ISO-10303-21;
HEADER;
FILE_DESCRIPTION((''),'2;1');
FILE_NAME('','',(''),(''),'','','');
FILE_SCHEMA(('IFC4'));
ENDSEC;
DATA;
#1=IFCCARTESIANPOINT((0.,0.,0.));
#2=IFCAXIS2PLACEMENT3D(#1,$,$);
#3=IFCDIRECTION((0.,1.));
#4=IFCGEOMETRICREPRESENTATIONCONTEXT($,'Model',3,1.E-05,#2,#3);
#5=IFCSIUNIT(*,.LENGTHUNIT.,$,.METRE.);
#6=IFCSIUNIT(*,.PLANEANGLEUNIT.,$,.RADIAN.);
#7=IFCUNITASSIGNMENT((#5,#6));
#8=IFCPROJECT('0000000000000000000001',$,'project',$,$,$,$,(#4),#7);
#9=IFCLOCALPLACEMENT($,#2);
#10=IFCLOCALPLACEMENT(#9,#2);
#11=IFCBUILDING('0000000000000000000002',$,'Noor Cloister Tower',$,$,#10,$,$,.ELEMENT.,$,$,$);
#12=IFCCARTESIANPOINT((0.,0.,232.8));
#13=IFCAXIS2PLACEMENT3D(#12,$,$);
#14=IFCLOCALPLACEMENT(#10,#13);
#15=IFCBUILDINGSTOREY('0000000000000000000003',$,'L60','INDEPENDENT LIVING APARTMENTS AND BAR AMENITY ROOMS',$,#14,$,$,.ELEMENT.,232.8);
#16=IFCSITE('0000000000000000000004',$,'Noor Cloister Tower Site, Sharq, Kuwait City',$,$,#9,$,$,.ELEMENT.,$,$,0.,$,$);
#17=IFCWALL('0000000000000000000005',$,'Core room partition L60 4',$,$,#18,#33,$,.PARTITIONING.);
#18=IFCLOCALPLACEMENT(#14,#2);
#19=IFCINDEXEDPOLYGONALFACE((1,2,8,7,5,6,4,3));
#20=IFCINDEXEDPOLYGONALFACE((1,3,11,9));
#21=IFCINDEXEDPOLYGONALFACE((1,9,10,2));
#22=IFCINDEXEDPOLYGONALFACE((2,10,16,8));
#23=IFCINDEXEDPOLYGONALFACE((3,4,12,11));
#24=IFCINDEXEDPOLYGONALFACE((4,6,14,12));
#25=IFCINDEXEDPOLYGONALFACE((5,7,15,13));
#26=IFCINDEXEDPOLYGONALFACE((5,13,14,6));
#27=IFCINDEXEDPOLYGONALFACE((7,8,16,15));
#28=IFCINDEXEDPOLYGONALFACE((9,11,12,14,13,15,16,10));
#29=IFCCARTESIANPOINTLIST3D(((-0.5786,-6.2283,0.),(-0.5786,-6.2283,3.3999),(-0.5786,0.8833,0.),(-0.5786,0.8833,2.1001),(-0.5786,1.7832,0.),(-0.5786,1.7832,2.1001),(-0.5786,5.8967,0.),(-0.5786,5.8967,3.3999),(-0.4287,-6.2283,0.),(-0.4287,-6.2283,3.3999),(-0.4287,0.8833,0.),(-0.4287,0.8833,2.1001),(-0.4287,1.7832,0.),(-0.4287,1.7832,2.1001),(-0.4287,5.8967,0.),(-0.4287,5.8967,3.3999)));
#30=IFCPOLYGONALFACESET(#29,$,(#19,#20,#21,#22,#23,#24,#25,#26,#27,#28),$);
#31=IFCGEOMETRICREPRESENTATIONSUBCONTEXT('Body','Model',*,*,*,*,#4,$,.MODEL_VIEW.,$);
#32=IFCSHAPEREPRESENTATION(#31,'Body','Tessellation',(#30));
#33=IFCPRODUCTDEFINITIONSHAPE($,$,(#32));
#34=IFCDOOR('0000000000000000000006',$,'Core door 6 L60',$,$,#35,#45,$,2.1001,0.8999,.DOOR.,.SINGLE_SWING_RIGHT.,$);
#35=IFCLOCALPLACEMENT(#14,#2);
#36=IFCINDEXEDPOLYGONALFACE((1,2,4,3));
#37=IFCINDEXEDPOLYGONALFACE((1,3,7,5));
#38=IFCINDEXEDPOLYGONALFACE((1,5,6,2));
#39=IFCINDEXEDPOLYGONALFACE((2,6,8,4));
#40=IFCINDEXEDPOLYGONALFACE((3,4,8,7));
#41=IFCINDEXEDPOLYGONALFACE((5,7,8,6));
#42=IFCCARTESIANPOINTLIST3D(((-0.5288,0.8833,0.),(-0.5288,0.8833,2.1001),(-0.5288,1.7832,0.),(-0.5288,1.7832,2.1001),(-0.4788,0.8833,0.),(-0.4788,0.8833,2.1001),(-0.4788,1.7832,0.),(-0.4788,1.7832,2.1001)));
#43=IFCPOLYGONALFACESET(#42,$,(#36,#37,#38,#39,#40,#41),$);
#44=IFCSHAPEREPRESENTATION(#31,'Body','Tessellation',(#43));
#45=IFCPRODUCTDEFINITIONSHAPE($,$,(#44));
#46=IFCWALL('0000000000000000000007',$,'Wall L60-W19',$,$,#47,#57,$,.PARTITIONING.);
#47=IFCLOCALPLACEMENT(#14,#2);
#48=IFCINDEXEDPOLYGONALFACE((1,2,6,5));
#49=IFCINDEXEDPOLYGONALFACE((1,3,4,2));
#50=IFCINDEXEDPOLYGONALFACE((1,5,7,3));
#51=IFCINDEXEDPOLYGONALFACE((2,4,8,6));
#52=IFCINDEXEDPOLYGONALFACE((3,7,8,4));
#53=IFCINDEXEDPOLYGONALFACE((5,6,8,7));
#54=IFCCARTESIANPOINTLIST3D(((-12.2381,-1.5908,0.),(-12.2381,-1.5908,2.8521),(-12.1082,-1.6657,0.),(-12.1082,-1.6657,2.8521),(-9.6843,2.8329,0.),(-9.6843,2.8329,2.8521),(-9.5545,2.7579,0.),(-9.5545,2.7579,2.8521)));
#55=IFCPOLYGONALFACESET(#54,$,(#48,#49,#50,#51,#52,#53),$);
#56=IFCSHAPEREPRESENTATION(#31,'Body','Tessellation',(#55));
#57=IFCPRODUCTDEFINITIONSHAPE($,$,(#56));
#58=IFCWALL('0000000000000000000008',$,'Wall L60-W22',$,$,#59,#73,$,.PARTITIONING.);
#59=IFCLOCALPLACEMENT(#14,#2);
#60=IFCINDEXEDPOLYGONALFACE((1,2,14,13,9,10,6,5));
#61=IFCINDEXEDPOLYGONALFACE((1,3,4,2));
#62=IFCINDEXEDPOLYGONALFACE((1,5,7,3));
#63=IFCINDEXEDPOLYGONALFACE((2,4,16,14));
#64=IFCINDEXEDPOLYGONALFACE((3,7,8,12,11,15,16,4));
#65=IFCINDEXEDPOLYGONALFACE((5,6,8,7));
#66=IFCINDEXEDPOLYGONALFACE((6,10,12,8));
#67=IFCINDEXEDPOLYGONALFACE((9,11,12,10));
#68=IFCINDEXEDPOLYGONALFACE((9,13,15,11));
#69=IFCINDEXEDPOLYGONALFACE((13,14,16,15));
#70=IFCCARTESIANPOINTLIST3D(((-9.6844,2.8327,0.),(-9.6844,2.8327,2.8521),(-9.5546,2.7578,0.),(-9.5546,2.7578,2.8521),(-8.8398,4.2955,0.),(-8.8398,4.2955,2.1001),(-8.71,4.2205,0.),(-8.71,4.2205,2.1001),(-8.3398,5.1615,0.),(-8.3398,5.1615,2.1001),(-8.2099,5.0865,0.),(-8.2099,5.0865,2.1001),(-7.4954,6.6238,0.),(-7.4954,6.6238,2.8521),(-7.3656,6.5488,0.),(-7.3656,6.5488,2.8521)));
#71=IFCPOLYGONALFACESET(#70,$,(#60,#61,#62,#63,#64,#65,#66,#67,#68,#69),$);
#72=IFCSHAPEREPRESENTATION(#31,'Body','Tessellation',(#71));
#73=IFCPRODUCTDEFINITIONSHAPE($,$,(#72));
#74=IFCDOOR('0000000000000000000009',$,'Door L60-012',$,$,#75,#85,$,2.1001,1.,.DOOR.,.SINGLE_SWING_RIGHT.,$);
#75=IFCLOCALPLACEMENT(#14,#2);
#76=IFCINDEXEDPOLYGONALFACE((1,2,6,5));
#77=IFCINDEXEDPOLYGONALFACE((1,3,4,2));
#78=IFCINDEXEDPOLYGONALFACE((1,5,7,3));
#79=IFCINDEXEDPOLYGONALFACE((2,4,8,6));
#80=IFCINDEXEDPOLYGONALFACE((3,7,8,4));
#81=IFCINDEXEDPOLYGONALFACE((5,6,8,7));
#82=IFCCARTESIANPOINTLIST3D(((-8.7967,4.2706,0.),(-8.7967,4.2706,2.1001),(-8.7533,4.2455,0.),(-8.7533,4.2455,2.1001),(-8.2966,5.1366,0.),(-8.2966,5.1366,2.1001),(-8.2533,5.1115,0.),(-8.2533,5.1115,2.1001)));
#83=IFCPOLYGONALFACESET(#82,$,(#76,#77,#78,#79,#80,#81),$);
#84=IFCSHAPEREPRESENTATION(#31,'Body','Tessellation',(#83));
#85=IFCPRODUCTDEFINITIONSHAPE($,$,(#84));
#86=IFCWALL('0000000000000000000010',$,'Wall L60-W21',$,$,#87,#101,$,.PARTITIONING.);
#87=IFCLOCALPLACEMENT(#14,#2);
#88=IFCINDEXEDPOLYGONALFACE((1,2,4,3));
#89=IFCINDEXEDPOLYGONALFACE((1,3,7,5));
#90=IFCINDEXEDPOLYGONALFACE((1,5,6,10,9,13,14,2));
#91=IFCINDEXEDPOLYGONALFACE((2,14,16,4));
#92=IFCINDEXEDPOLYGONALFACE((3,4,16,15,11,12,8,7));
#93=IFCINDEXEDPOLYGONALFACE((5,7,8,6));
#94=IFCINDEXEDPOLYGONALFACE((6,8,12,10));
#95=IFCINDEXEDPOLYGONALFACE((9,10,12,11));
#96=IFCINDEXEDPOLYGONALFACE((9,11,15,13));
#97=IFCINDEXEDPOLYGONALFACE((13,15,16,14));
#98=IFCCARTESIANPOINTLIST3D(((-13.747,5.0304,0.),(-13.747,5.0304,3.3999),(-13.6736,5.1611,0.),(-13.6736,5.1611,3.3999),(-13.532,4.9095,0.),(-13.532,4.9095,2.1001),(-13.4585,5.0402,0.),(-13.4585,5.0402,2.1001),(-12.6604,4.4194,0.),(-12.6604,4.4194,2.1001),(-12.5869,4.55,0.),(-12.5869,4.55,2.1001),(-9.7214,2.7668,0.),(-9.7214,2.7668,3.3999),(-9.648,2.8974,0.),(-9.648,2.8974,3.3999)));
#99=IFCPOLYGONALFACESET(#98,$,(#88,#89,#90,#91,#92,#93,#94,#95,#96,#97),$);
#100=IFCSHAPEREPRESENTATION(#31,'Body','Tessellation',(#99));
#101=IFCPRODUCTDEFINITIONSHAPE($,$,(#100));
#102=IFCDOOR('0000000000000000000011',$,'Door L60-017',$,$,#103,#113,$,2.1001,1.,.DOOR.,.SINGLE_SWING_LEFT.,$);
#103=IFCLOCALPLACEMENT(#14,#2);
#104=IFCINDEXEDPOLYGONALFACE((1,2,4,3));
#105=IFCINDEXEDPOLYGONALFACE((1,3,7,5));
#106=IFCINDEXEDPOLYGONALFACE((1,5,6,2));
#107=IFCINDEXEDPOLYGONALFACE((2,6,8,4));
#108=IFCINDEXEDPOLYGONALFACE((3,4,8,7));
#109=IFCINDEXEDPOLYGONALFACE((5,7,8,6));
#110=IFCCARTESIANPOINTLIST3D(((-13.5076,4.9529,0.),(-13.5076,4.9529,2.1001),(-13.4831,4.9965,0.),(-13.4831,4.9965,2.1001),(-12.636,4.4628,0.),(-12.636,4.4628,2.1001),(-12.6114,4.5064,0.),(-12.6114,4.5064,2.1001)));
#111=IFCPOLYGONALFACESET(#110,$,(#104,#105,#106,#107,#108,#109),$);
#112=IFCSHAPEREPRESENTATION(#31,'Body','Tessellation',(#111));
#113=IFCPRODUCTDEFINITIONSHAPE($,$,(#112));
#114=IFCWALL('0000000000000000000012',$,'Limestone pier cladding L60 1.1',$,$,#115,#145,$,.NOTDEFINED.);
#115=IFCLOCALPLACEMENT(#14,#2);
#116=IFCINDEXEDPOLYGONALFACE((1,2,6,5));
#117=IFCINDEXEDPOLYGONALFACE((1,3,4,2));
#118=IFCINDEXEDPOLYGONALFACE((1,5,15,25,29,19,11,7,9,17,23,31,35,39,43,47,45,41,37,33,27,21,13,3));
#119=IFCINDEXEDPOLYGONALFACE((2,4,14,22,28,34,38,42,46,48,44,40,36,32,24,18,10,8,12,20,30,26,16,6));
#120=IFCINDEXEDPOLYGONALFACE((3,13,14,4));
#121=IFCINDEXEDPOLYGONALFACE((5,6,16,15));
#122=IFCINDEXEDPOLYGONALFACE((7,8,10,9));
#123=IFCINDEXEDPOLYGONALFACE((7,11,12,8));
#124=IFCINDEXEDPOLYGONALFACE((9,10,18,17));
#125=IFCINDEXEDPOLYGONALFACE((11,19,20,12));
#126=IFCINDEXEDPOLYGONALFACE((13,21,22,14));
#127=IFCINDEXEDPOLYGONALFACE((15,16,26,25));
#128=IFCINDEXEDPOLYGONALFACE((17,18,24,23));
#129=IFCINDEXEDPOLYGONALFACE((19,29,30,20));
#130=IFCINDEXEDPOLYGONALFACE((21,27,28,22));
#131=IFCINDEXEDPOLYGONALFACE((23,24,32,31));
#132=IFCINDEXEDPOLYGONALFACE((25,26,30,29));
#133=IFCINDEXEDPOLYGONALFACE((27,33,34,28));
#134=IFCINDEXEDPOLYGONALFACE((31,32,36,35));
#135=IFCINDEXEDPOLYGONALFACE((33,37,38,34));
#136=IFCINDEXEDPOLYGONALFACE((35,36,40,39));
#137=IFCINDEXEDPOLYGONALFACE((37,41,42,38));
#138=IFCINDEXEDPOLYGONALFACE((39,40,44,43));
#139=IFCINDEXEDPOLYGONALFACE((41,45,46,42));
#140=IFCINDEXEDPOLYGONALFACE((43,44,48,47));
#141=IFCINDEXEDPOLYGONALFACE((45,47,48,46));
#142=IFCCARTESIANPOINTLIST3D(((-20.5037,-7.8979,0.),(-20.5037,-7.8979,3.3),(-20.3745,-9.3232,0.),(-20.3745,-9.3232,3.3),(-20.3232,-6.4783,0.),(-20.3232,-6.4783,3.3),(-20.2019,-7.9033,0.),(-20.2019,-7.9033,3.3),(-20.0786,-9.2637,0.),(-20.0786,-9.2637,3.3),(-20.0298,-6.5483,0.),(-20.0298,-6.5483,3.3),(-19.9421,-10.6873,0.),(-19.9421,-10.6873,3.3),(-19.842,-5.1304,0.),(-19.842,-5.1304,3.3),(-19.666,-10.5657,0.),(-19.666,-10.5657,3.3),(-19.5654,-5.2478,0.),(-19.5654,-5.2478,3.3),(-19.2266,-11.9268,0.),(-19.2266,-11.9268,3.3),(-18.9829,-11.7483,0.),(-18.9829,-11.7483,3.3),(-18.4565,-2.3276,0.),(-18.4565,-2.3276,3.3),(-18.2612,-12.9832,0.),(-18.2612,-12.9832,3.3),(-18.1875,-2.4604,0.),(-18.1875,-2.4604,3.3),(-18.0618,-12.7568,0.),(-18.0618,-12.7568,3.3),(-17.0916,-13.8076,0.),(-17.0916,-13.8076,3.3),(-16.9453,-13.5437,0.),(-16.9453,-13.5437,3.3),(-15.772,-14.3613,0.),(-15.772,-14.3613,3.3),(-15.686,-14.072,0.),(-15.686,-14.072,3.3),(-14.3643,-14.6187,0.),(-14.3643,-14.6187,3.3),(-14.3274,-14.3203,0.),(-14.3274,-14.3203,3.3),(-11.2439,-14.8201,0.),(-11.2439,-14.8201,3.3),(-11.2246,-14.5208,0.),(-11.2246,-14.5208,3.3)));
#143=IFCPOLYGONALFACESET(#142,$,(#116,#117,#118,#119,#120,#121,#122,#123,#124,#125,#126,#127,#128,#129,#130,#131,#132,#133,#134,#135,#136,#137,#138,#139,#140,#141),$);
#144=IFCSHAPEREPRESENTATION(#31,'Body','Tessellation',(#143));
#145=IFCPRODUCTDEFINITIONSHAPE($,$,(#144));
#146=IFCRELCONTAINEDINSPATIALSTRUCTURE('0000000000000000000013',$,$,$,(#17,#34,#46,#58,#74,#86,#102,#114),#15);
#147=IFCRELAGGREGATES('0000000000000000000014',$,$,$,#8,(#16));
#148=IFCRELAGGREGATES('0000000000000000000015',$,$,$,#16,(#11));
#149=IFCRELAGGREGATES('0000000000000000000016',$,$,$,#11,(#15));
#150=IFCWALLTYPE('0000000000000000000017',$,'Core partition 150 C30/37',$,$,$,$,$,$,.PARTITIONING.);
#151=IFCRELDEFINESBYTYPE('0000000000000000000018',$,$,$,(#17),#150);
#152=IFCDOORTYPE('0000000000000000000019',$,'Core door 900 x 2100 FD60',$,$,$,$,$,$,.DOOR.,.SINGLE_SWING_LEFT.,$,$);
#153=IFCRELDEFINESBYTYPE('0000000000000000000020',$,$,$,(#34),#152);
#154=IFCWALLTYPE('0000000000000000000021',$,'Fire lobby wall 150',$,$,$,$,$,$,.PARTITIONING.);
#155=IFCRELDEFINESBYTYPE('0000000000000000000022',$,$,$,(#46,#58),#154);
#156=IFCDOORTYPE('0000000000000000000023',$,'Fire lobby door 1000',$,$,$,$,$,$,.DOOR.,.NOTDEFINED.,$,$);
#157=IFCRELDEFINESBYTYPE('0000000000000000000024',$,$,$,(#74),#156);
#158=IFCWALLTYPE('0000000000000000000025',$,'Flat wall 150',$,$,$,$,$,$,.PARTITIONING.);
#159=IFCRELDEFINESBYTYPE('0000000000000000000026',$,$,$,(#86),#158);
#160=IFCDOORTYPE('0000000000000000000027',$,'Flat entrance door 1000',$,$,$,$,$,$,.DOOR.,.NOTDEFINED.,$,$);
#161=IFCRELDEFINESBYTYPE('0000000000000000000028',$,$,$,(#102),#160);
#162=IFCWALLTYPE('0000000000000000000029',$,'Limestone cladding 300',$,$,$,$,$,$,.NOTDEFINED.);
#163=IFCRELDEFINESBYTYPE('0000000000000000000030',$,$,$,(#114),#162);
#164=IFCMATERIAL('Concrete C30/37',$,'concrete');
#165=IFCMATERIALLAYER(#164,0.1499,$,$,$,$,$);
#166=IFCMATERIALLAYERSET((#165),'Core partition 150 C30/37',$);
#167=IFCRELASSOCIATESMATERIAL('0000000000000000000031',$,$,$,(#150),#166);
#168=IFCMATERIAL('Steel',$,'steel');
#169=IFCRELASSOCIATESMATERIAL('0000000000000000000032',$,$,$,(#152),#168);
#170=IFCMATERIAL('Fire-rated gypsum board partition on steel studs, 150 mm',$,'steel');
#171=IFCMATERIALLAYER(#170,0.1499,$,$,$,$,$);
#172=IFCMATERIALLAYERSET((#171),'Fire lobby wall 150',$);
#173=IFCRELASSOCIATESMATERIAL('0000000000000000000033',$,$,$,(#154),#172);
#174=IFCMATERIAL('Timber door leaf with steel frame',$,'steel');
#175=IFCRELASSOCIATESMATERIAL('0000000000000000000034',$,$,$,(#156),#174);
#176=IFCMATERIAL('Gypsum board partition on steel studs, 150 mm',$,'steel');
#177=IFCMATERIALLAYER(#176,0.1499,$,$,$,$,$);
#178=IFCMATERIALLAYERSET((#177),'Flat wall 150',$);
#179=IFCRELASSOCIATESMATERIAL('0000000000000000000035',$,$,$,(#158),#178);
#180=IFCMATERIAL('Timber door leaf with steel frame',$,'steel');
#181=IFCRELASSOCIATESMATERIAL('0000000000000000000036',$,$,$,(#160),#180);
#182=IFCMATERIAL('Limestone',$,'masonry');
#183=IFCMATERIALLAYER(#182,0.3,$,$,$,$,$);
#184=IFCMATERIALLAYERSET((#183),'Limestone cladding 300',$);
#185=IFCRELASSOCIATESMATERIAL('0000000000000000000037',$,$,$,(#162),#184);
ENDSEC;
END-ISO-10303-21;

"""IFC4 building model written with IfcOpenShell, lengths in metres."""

from ifc_helpers import new_model, si_unit, direction, frame, frame_2d, origin, place, context, subcontext, project, spatial, polyline, rectangle, outline, extrude, material, layer, layer_set, type_object, element, fill, save


model = new_model("IFC4")

# Units and contexts
model_context = context("Model", 3, precision=1e-05, world=origin(), true_north=direction((0.0, 1.0)))
body_context = subcontext(model_context, "Body", "Model", "MODEL_VIEW")
ifc_project = project(units=[si_unit("LENGTHUNIT", "METRE"), si_unit("PLANEANGLEUNIT", "RADIAN")], contexts=[model_context])

# Site, building, storey
site_placement = place(None, origin())
site = spatial("IfcSite", under=ifc_project, at=site_placement, Name="Noor Cloister Tower Site, Sharq, Kuwait City", CompositionType="ELEMENT", RefElevation=0.0)
building_placement = place(site_placement, origin())
building = spatial("IfcBuilding", under=site, at=building_placement, Name="Noor Cloister Tower", CompositionType="ELEMENT")
storey_placement = place(building_placement, frame((0.0, 0.0, 232.8)))
storey = spatial("IfcBuildingStorey", under=building, at=storey_placement, Name="L60", Description="INDEPENDENT LIVING APARTMENTS AND BAR AMENITY ROOMS", CompositionType="ELEMENT", Elevation=232.8)

# Shared definitions
ifc_material_1 = material(Name="Concrete C30/37", Category="concrete")
ifc_layer_1 = layer(ifc_material_1, 0.1499)
ifc_layer_set_1 = layer_set([ifc_layer_1], Name="Core partition 150 C30/37")
wall_type_1 = type_object("IfcWallType", Name="Core partition 150 C30/37", PredefinedType="PARTITIONING", material=ifc_layer_set_1)

# Wall, opening, door
wall_1_placement = place(storey_placement, frame((-0.5037, 5.8967, 0.0), z_axis=(0.0, 0.0, 1.0), x_axis=(0.0, -1.0, 0.0)))
wall_1 = element("IfcWall", 1, at=wall_1_placement, inside=storey, type_object=wall_type_1, Name="Core room partition L60 4", PredefinedType="PARTITIONING", context=body_context, shape_type="SweptSolid", body=[
    extrude(rectangle(XDim=12.125, YDim=0.1499, at=frame_2d((6.0625, 0.0))), origin(), (0.0, 0.0, 1.0), 3.3999),
])
opening_1_placement = place(wall_1_placement, frame((4.1135, 0.0, 0.0)))
opening_1 = element("IfcOpeningElement", 2, at=opening_1_placement, cuts=wall_1, PredefinedType="OPENING", context=body_context, shape_type="SweptSolid", body=[
    extrude(rectangle(XDim=0.8999, YDim=2.1001, at=frame_2d((0.45, 1.05))), frame((0.0, 0.085, 0.0), z_axis=(0.0, -1.0, 0.0), x_axis=(1.0, 0.0, 0.0)), (0.0, 0.0, 1.0), 0.1699),
])
ifc_material_2 = material(Name="Steel", Category="steel")
door_type_1 = type_object("IfcDoorType", Name="Core door 900 x 2100 FD60", OperationType="SINGLE_SWING_LEFT", PredefinedType="DOOR", material=ifc_material_2)
door_1_placement = place(opening_1_placement, origin())
door_1 = element("IfcDoor", 3, at=door_1_placement, inside=storey, type_object=door_type_1, Name="Core door 6 L60", OperationType="SINGLE_SWING_RIGHT", OverallHeight=2.1001, OverallWidth=0.8999, PredefinedType="DOOR", context=body_context, shape_type="SweptSolid", body=[
    extrude(rectangle(XDim=0.8999, YDim=2.1001, at=frame_2d((0.45, 1.05))), frame((0.0, 0.0249, 0.0), z_axis=(0.0, -1.0, 0.0), x_axis=(1.0, 0.0, 0.0)), (0.0, 0.0, 1.0), 0.05),
])
fill(opening_1, door_1)

# Wall
ifc_material_3 = material(Name="Fire-rated gypsum board partition on steel studs, 150 mm", Category="steel")
ifc_layer_2 = layer(ifc_material_3, 0.1499)
ifc_layer_set_2 = layer_set([ifc_layer_2], Name="Fire lobby wall 150")
wall_type_2 = type_object("IfcWallType", Name="Fire lobby wall 150", PredefinedType="PARTITIONING", material=ifc_layer_set_2)
wall_2_placement = place(storey_placement, frame((-9.6194, 2.7954, 0.0), z_axis=(0.0, 0.0, 1.0), x_axis=(-0.499964, -0.866046, 0.0)))
element("IfcWall", 4, at=wall_2_placement, inside=storey, type_object=wall_type_2, Name="Wall L60-W19", PredefinedType="PARTITIONING", context=body_context, shape_type="SweptSolid", body=[
    extrude(rectangle(XDim=5.1079, YDim=0.1499, at=frame_2d((2.554, 0.0))), origin(), (0.0, 0.0, 1.0), 2.8521),
])

# Walls, openings, doors
wall_3_placement = place(storey_placement, frame((-7.4304, 6.5864, 0.0), z_axis=(0.0, 0.0, 1.0), x_axis=(-0.500038, -0.866004, 0.0)))
wall_3 = element("IfcWall", 5, at=wall_3_placement, inside=storey, type_object=wall_type_2, Name="Wall L60-W22", PredefinedType="PARTITIONING", context=body_context, shape_type="SweptSolid", body=[
    extrude(rectangle(XDim=4.3777, YDim=0.1499, at=frame_2d((2.189, 0.0))), origin(), (0.0, 0.0, 1.0), 2.8521),
])
opening_2_placement = place(wall_3_placement, frame((1.6887, 0.0, 0.0)))
opening_2 = element("IfcOpeningElement", 6, at=opening_2_placement, cuts=wall_3, PredefinedType="OPENING", context=body_context, shape_type="SweptSolid", body=[
    extrude(rectangle(XDim=1.0, YDim=2.1001, at=frame_2d((0.5, 1.05))), frame((0.0, 0.085, 0.0), z_axis=(0.0, -1.0, 0.0), x_axis=(1.0, 0.0, 0.0)), (0.0, 0.0, 1.0), 0.1699),
])
ifc_material_4 = material(Name="Timber door leaf with steel frame", Category="steel")
door_type_2 = type_object("IfcDoorType", Name="Fire lobby door 1000", OperationType="NOTDEFINED", PredefinedType="DOOR", material=ifc_material_4)
door_2_placement = place(opening_2_placement, origin())
door_2 = element("IfcDoor", 7, at=door_2_placement, inside=storey, type_object=door_type_2, Name="Door L60-012", OperationType="SINGLE_SWING_RIGHT", OverallHeight=2.1001, OverallWidth=1.0, PredefinedType="DOOR", context=body_context, shape_type="SweptSolid", body=[
    extrude(rectangle(XDim=1.0, YDim=2.1001, at=frame_2d((0.5, 1.05))), frame((0.0, 0.0249, 0.0), z_axis=(0.0, -1.0, 0.0), x_axis=(1.0, 0.0, 0.0)), (0.0, 0.0, 1.0), 0.05),
])
fill(opening_2, door_2)
ifc_material_5 = material(Name="Gypsum board partition on steel studs, 150 mm", Category="steel")
ifc_layer_3 = layer(ifc_material_5, 0.1499)
ifc_layer_set_3 = layer_set([ifc_layer_3], Name="Flat wall 150")
wall_type_3 = type_object("IfcWallType", Name="Flat wall 150", PredefinedType="PARTITIONING", material=ifc_layer_set_3)
wall_4_placement = place(storey_placement, frame((-13.7102, 5.0957, 0.0), z_axis=(0.0, 0.0, 1.0), x_axis=(0.871645, -0.490138, 0.0)))
wall_4 = element("IfcWall", 8, at=wall_4_placement, inside=storey, type_object=wall_type_3, Name="Wall L60-W21", PredefinedType="PARTITIONING", context=body_context, shape_type="SweptSolid", body=[
    extrude(rectangle(XDim=4.6184, YDim=0.1499, at=frame_2d((2.3091, 0.0))), origin(), (0.0, 0.0, 1.0), 3.3999),
])
opening_3_placement = place(wall_4_placement, frame((0.2466, 0.0, 0.0)))
opening_3 = element("IfcOpeningElement", 9, at=opening_3_placement, cuts=wall_4, PredefinedType="OPENING", context=body_context, shape_type="SweptSolid", body=[
    extrude(rectangle(XDim=1.0, YDim=2.1001, at=frame_2d((0.5, 1.05))), frame((0.0, 0.085, 0.0), z_axis=(0.0, -1.0, 0.0), x_axis=(1.0, 0.0, 0.0)), (0.0, 0.0, 1.0), 0.1699),
])
ifc_material_6 = material(Name="Timber door leaf with steel frame", Category="steel")
door_type_3 = type_object("IfcDoorType", Name="Flat entrance door 1000", OperationType="NOTDEFINED", PredefinedType="DOOR", material=ifc_material_6)
door_3_placement = place(opening_3_placement, origin())
door_3 = element("IfcDoor", 10, at=door_3_placement, inside=storey, type_object=door_type_3, Name="Door L60-017", OperationType="SINGLE_SWING_LEFT", OverallHeight=2.1001, OverallWidth=1.0, PredefinedType="DOOR", context=body_context, shape_type="SweptSolid", body=[
    extrude(rectangle(XDim=1.0, YDim=2.1001, at=frame_2d((0.5, 1.05))), frame((0.0, 0.0249, 0.0), z_axis=(0.0, -1.0, 0.0), x_axis=(1.0, 0.0, 0.0)), (0.0, 0.0, 1.0), 0.05),
])
fill(opening_3, door_3)

# Wall
ifc_material_7 = material(Name="Limestone", Category="masonry")
ifc_layer_4 = layer(ifc_material_7, 0.3)
ifc_layer_set_4 = layer_set([ifc_layer_4], Name="Limestone cladding 300")
wall_type_4 = type_object("IfcWallType", Name="Limestone cladding 300", PredefinedType="NOTDEFINED", material=ifc_layer_set_4)
wall_5_placement = place(storey_placement, origin())
element("IfcWall", 11, at=wall_5_placement, inside=storey, type_object=wall_type_4, Name="Limestone pier cladding L60 1.1", PredefinedType="NOTDEFINED", context=body_context, shape_type="SweptSolid", body=[
    extrude(outline(polyline([(-18.4565, -2.3276), (-19.842, -5.1304), (-20.3232, -6.4783), (-20.5037, -7.8979), (-20.3745, -9.3232), (-19.9421, -10.6873), (-19.2266, -11.9268), (-18.2612, -12.9832), (-17.0916, -13.8076), (-15.772, -14.3613), (-14.3643, -14.6187), (-11.2439, -14.8201), (-11.2246, -14.5208), (-14.3274, -14.3203), (-15.686, -14.072), (-16.9453, -13.5437), (-18.0618, -12.7568), (-18.9829, -11.7483), (-19.666, -10.5657), (-20.0786, -9.2637), (-20.2019, -7.9033), (-20.0298, -6.5483), (-19.5654, -5.2478), (-18.1875, -2.4604), (-18.4565, -2.3276)])), origin(), (0.0, 0.0, 1.0), 3.3),
])

save(model, "model.ifc")
